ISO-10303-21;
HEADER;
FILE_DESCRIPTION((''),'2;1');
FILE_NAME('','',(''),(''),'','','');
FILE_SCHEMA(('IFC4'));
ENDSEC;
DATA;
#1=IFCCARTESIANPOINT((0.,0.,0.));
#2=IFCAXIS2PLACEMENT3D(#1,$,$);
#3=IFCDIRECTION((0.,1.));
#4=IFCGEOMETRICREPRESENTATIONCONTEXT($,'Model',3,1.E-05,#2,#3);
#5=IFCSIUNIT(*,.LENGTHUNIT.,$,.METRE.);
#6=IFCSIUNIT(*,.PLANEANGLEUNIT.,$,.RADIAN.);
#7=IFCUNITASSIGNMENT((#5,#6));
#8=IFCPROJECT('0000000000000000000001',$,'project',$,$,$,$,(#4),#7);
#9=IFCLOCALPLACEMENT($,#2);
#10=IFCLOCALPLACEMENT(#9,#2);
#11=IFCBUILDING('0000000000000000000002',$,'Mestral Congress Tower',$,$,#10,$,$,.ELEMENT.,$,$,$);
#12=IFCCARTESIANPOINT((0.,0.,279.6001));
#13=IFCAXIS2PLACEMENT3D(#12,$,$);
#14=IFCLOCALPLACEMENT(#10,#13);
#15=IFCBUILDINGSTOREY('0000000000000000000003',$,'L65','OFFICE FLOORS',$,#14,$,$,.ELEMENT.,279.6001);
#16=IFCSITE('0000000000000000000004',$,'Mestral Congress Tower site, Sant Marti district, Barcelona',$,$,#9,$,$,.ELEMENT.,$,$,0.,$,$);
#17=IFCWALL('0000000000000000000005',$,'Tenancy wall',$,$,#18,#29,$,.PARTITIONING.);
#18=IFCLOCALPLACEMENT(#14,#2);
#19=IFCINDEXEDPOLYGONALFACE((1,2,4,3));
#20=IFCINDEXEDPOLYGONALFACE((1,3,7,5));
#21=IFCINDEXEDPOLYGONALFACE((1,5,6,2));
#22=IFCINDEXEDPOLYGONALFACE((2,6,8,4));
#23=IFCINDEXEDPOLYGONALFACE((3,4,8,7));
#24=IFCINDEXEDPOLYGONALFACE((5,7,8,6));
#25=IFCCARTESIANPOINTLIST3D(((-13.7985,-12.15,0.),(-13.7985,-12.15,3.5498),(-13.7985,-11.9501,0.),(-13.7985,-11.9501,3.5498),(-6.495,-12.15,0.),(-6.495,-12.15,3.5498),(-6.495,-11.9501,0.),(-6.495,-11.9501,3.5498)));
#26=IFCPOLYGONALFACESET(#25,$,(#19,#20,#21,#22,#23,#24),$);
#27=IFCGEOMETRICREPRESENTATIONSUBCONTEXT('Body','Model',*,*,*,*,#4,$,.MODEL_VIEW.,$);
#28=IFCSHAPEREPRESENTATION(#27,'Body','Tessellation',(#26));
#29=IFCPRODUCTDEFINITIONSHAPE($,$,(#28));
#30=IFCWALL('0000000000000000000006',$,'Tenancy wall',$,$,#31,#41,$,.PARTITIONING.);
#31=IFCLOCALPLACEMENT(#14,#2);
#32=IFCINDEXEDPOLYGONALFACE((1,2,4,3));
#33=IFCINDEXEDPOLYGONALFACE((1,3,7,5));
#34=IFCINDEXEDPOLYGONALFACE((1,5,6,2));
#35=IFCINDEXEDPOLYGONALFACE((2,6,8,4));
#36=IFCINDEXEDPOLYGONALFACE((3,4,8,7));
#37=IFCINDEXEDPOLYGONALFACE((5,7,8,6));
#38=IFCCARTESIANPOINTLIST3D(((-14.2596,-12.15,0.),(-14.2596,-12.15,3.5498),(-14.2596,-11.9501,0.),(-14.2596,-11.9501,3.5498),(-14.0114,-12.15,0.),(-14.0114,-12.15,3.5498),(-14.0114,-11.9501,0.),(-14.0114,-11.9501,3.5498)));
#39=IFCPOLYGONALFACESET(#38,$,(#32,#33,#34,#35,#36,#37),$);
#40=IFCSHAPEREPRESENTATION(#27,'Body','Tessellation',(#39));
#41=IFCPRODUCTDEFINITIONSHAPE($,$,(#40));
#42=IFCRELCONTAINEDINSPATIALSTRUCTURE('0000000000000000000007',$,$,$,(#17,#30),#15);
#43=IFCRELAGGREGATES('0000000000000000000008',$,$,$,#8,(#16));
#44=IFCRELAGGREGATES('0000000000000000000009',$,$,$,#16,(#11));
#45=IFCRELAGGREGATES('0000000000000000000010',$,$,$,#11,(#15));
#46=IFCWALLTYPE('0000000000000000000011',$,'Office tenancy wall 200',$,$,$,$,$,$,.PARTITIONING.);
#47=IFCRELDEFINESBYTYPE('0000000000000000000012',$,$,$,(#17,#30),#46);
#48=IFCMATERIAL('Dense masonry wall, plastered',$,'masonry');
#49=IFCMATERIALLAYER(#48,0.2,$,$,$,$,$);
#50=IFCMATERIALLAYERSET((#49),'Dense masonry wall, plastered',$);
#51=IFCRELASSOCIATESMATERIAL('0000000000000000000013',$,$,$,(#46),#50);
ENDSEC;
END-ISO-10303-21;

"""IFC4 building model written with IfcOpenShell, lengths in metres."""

from ifc_helpers import new_model, si_unit, direction, frame, frame_2d, origin, place, context, subcontext, project, spatial, rectangle, extrude, material, layer, layer_set, type_object, element, save


model = new_model("IFC4")

# Units and contexts
model_context = context("Model", 3, precision=1e-05, world=origin(), true_north=direction((0.0, 1.0)))
body_context = subcontext(model_context, "Body", "Model", "MODEL_VIEW")
ifc_project = project(units=[si_unit("LENGTHUNIT", "METRE"), si_unit("PLANEANGLEUNIT", "RADIAN")], contexts=[model_context])

# Site, building, storey
site_placement = place(None, origin())
site = spatial("IfcSite", under=ifc_project, at=site_placement, Name="Mestral Congress Tower site, Sant Marti district, Barcelona", CompositionType="ELEMENT", RefElevation=0.0)
building_placement = place(site_placement, origin())
building = spatial("IfcBuilding", under=site, at=building_placement, Name="Mestral Congress Tower", CompositionType="ELEMENT")
storey_placement = place(building_placement, frame((0.0, 0.0, 279.6001)))
storey = spatial("IfcBuildingStorey", under=building, at=storey_placement, Name="L65", Description="OFFICE FLOORS", CompositionType="ELEMENT", Elevation=279.6001)

# Walls
ifc_material_1 = material(Name="Dense masonry wall, plastered", Category="masonry")
ifc_layer_1 = layer(ifc_material_1, 0.2)
ifc_layer_set_1 = layer_set([ifc_layer_1], Name="Dense masonry wall, plastered")
wall_type_1 = type_object("IfcWallType", Name="Office tenancy wall 200", PredefinedType="PARTITIONING", material=ifc_layer_set_1)
wall_1_placement = place(storey_placement, frame((-13.7986, -12.05, 0.0), z_axis=(0.0, 0.0, 1.0), x_axis=(1.0, 0.0, 0.0)))
element("IfcWall", 1, at=wall_1_placement, inside=storey, type_object=wall_type_1, Name="Tenancy wall", PredefinedType="PARTITIONING", context=body_context, shape_type="SweptSolid", body=[
    extrude(rectangle(XDim=7.3035, YDim=0.2, at=frame_2d((3.6519, 0.0))), origin(), (0.0, 0.0, 1.0), 3.5498),
])
wall_2_placement = place(storey_placement, frame((-14.2595, -12.05, 0.0), z_axis=(0.0, 0.0, 1.0), x_axis=(1.0, 0.0, 0.0)))
element("IfcWall", 2, at=wall_2_placement, inside=storey, type_object=wall_type_1, Name="Tenancy wall", PredefinedType="PARTITIONING", context=body_context, shape_type="SweptSolid", body=[
    extrude(rectangle(XDim=0.2483, YDim=0.2, at=frame_2d((0.124, 0.0))), origin(), (0.0, 0.0, 1.0), 3.5498),
])

save(model, "model.ifc")
